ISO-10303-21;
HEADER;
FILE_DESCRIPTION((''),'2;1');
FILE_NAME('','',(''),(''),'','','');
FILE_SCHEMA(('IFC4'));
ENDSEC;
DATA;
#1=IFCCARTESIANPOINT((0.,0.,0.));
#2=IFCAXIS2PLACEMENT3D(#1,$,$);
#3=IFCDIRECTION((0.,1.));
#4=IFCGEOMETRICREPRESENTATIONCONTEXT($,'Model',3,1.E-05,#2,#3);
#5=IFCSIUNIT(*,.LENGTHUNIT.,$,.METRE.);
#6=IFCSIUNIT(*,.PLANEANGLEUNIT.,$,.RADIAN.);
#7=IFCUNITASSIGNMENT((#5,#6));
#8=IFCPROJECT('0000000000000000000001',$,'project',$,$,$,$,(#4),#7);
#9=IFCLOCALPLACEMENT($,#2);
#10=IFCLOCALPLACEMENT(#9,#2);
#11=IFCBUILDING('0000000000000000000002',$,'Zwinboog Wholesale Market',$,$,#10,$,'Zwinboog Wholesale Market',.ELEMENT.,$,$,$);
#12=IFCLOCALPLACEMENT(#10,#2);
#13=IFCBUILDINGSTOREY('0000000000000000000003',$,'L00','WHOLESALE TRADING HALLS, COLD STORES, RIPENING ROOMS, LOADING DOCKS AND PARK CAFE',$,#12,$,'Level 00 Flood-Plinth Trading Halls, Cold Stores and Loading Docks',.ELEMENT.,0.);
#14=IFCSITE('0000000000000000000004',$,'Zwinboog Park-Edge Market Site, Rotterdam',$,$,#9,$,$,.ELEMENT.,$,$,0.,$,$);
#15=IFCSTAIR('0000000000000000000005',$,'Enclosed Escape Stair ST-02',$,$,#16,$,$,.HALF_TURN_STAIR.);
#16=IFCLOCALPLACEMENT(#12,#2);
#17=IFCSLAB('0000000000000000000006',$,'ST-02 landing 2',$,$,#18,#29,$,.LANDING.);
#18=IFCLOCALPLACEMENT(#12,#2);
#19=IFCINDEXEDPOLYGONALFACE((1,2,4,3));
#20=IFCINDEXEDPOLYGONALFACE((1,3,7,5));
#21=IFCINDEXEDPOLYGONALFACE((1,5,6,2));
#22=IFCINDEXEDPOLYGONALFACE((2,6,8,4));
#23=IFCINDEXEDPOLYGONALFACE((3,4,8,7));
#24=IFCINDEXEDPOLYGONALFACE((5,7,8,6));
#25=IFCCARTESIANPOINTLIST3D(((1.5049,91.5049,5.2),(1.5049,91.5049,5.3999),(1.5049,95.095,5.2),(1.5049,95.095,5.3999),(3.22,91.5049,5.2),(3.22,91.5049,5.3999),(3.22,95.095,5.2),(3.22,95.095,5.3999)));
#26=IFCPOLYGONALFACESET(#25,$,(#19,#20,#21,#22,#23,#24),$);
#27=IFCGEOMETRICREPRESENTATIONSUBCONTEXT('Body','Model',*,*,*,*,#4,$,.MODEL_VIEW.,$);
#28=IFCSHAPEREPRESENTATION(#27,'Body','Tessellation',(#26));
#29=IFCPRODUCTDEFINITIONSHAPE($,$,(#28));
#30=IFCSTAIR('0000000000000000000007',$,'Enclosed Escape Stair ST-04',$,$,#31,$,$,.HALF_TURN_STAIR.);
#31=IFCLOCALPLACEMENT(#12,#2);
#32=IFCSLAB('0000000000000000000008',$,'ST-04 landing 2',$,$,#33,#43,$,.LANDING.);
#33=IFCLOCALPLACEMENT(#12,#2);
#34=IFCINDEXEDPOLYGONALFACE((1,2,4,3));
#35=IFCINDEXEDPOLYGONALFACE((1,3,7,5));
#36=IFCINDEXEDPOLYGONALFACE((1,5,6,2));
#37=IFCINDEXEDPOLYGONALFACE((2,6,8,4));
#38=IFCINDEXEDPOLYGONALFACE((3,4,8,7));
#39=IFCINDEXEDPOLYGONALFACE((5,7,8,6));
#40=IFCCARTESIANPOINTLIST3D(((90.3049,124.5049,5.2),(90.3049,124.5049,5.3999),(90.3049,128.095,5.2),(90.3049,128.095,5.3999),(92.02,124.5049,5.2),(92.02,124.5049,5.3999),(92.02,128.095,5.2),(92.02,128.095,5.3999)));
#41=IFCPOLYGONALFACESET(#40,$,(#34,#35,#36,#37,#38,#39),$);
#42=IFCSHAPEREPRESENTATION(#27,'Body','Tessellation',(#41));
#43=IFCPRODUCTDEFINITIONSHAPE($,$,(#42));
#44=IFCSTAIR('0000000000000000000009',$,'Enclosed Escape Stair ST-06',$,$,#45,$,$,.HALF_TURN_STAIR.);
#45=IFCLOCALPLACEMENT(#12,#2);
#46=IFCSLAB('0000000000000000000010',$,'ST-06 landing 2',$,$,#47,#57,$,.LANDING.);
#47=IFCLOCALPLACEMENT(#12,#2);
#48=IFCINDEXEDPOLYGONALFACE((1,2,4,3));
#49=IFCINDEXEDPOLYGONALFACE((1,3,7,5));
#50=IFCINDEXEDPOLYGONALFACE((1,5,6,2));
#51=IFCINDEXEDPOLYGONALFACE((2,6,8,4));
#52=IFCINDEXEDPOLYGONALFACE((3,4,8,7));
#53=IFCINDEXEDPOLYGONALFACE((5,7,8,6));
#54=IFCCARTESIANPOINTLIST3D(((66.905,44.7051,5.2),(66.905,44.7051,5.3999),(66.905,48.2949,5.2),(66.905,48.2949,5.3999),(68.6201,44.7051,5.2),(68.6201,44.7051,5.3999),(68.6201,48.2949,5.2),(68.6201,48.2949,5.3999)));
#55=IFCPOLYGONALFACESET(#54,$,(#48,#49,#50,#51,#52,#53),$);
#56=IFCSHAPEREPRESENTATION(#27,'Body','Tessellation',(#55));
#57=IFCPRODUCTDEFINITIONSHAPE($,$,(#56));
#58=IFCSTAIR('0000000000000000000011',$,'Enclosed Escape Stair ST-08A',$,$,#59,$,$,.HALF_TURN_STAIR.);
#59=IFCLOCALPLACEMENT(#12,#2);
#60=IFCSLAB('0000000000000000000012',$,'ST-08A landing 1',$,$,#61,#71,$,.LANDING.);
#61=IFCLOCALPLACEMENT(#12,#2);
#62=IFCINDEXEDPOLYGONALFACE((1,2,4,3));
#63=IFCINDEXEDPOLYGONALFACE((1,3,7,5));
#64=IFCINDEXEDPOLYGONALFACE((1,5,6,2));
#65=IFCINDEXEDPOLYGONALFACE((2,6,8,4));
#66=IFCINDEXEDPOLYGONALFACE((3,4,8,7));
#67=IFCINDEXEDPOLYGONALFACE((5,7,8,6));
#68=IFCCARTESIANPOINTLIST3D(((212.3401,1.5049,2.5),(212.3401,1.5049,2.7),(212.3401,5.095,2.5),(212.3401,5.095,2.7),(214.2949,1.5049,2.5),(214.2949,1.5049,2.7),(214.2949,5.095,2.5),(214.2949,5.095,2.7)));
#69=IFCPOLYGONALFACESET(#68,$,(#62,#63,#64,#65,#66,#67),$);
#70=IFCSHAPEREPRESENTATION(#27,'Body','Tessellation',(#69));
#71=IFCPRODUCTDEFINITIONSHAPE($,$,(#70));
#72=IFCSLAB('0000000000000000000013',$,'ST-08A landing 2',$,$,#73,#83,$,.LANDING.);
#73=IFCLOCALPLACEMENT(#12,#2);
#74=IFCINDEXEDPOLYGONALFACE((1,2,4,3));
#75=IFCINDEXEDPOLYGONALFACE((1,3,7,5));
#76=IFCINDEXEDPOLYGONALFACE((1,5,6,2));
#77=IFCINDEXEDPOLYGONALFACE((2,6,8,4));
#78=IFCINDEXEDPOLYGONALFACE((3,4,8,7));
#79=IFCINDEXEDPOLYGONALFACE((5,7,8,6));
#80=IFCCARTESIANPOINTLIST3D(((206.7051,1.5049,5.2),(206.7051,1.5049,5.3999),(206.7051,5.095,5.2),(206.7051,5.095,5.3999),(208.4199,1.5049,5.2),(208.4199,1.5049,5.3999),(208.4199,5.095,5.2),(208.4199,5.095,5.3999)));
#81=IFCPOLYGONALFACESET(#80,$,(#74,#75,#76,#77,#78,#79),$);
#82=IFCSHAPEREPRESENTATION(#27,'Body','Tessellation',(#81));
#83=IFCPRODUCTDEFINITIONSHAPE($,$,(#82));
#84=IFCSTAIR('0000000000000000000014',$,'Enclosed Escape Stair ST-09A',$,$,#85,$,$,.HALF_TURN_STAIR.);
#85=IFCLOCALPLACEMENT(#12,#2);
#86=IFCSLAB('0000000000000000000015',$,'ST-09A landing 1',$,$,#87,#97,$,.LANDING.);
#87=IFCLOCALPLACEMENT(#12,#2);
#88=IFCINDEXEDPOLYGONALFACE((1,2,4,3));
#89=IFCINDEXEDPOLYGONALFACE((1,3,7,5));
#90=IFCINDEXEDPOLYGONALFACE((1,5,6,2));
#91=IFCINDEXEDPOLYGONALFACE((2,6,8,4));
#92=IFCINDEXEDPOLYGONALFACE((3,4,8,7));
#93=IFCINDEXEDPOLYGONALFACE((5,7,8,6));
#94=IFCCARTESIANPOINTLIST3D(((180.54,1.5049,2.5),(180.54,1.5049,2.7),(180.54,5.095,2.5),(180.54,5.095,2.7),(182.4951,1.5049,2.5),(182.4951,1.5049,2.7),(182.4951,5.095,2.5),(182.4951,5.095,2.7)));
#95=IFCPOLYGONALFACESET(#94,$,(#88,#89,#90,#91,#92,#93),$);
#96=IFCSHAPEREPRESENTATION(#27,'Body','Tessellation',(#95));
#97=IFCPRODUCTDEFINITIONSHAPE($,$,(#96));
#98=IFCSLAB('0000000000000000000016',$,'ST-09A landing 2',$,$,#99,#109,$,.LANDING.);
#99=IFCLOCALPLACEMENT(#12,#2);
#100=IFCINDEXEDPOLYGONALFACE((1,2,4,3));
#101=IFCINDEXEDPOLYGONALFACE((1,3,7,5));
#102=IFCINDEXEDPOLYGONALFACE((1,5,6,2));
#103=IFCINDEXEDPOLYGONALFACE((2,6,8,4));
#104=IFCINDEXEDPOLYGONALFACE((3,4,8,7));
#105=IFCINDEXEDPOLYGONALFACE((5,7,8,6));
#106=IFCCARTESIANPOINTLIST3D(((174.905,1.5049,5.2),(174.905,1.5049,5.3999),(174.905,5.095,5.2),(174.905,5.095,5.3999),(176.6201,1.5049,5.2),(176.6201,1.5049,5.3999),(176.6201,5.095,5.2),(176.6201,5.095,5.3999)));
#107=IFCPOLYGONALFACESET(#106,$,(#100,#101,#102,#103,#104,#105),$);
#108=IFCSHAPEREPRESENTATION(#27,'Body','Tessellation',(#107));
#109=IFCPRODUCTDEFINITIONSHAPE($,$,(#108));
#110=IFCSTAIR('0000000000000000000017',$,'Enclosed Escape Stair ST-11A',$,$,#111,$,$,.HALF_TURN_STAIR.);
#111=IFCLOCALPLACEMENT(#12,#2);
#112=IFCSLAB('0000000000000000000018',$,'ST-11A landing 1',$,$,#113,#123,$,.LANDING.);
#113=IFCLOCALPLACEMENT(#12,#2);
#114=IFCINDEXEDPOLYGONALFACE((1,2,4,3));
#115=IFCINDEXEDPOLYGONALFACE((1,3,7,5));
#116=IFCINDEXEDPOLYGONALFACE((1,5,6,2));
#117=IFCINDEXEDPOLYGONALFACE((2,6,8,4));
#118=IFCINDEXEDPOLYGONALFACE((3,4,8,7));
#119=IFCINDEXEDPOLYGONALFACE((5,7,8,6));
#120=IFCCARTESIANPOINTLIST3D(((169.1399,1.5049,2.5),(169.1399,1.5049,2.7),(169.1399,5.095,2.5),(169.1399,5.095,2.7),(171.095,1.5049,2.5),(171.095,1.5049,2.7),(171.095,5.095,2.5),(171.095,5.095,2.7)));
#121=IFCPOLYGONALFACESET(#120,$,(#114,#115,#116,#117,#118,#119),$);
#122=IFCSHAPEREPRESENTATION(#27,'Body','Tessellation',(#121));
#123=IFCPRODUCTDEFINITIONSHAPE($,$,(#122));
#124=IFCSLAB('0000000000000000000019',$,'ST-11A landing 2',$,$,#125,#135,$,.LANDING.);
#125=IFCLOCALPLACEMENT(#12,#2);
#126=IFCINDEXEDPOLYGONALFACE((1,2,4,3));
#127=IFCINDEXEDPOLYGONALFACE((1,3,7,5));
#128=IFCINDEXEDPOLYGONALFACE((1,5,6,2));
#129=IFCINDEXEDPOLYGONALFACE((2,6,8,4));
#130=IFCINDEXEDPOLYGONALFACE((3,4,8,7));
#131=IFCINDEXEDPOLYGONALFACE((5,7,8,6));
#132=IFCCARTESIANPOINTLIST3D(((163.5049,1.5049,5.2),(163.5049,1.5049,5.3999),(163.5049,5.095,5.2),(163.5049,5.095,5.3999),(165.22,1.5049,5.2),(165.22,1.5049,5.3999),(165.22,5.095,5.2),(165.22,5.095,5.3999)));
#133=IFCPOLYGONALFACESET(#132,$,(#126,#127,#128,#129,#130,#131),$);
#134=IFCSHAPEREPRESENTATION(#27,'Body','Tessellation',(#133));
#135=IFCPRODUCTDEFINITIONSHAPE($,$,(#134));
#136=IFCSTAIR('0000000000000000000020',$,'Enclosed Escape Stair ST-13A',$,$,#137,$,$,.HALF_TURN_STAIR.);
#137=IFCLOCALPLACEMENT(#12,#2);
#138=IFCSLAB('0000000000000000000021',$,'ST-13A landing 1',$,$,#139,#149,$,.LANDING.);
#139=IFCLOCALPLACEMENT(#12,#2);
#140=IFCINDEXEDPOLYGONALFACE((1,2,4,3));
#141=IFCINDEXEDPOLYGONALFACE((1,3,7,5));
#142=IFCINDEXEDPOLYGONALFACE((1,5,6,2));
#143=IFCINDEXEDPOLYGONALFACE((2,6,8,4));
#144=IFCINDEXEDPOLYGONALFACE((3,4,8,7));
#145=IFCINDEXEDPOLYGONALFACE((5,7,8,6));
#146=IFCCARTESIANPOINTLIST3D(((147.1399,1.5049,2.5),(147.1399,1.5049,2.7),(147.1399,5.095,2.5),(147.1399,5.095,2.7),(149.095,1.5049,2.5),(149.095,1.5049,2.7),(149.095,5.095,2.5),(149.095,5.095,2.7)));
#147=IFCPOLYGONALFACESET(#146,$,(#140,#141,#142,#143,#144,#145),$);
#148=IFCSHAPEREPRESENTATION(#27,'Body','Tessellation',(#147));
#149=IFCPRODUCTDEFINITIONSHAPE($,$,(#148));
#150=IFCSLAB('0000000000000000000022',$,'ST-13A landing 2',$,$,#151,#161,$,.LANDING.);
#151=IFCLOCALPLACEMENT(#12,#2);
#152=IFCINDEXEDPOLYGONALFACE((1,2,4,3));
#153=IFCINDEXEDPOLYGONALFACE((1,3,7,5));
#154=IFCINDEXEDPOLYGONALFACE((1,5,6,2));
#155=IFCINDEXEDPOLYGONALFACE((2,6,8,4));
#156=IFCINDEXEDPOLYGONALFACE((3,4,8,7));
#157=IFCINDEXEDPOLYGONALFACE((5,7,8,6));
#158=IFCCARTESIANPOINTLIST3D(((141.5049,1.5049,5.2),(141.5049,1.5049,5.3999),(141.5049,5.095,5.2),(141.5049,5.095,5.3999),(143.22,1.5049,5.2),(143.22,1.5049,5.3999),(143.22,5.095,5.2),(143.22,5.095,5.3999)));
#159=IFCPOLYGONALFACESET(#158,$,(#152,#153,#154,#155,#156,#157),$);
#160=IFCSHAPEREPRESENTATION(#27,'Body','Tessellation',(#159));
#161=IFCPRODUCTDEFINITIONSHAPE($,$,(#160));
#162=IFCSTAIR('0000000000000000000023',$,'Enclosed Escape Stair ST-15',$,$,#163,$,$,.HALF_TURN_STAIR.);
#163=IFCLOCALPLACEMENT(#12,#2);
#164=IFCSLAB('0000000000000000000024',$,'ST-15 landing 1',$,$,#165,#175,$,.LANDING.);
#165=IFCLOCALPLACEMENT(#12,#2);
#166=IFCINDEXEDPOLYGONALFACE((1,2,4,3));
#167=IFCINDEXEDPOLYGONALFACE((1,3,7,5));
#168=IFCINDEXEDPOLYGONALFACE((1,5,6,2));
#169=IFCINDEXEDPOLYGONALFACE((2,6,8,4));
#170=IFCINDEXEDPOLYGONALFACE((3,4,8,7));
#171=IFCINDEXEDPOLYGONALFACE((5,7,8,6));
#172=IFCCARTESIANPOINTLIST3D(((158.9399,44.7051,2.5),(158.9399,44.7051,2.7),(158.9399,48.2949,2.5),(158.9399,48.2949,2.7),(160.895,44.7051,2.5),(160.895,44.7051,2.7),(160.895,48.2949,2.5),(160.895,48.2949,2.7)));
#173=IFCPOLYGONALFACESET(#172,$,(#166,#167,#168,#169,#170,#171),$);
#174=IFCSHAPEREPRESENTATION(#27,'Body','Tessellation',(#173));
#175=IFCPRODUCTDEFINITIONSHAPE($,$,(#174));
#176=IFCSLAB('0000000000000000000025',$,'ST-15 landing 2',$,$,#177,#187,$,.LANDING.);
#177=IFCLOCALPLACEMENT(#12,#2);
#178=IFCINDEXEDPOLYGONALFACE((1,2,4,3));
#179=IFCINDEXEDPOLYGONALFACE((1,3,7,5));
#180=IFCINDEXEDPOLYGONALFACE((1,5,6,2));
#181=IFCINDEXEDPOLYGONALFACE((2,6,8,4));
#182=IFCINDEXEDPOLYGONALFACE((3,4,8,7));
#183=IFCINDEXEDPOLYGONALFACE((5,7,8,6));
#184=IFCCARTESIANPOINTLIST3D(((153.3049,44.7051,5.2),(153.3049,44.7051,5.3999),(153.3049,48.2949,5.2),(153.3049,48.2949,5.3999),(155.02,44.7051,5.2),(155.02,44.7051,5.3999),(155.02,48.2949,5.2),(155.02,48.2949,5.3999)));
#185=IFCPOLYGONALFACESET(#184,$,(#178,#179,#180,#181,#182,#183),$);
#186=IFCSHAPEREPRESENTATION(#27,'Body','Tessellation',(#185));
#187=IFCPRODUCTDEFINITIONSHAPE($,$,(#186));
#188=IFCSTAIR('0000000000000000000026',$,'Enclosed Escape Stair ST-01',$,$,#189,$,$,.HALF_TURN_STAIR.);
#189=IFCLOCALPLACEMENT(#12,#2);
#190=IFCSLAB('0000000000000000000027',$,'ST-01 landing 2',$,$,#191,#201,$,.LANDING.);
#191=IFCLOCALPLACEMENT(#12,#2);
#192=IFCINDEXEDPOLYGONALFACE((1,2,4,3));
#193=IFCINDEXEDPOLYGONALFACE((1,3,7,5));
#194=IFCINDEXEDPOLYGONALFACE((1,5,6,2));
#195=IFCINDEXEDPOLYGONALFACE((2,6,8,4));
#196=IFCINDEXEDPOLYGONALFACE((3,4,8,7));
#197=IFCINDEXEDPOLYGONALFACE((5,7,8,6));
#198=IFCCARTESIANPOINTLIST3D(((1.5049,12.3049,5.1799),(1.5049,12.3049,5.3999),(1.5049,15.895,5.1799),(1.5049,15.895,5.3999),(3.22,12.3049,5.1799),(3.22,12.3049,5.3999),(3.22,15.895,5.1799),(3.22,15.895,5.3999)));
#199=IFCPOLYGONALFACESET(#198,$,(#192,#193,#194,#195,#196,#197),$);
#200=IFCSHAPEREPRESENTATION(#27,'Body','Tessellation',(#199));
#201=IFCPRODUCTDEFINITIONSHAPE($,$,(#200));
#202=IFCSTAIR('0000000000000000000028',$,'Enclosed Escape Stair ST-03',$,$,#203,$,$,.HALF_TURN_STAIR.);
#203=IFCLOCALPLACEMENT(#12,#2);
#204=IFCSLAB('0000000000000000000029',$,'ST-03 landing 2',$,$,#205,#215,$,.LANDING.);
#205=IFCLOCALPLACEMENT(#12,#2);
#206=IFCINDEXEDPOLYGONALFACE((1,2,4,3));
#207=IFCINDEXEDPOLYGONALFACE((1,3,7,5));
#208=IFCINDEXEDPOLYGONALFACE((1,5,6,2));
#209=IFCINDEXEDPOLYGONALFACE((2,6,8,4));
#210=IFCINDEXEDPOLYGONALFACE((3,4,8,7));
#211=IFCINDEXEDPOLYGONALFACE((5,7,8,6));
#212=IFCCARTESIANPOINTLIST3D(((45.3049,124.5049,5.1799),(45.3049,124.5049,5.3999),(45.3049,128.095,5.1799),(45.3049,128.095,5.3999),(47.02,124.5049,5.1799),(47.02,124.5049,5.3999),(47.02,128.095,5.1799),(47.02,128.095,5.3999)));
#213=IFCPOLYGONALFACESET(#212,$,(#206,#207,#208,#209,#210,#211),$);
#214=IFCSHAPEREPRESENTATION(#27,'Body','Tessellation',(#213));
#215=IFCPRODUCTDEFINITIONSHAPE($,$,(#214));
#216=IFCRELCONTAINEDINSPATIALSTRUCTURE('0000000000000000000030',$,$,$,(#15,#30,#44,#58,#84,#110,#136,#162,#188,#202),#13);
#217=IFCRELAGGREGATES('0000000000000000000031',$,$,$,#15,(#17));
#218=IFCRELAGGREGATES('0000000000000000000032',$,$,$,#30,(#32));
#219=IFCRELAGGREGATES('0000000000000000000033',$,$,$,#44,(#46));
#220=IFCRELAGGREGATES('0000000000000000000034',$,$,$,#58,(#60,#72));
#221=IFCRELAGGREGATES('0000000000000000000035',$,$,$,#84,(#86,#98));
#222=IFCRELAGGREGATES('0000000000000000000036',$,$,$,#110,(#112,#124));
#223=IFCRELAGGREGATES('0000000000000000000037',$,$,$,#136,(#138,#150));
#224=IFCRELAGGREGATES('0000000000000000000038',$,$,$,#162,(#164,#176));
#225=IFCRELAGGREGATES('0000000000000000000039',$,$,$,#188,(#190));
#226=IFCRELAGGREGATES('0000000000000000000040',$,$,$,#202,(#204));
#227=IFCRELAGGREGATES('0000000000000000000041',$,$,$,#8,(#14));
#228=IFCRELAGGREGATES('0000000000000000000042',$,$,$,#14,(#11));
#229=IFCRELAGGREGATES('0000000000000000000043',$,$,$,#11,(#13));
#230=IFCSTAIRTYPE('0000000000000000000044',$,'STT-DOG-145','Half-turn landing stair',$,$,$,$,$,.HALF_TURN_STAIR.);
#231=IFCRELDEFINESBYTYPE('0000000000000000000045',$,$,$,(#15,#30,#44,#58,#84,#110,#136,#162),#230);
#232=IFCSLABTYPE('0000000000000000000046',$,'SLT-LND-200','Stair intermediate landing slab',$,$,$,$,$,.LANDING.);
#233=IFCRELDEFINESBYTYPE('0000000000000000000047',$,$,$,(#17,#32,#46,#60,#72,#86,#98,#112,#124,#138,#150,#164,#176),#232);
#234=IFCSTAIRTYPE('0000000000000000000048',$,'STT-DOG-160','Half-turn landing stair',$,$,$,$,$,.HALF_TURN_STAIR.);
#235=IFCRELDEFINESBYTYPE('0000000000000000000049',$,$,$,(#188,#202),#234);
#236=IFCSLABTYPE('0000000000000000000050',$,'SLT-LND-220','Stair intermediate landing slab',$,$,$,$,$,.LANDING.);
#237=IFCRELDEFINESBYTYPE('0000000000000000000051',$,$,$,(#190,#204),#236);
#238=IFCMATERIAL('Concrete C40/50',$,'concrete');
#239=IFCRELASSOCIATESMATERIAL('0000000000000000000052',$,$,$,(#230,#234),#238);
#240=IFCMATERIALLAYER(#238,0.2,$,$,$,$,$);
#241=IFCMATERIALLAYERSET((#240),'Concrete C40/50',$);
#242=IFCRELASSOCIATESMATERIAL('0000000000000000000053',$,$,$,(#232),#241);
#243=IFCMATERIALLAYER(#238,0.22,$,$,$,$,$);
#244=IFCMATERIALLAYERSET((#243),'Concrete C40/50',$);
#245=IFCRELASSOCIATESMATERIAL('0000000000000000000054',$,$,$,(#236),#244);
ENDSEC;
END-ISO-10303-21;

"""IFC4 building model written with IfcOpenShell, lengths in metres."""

from ifc_helpers import new_model, si_unit, direction, frame, origin, place, context, subcontext, project, spatial, polyline, outline, extrude, material, layer, layer_set, type_object, element, aggregate, save


model = new_model("IFC4")

# Units and contexts
model_context = context("Model", 3, precision=1e-05, world=origin(), true_north=direction((0.0, 1.0)))
body_context = subcontext(model_context, "Body", "Model", "MODEL_VIEW")
ifc_project = project(units=[si_unit("LENGTHUNIT", "METRE"), si_unit("PLANEANGLEUNIT", "RADIAN")], contexts=[model_context])

# Site, building, storey
site_placement = place(None, origin())
site = spatial("IfcSite", under=ifc_project, at=site_placement, Name="Zwinboog Park-Edge Market Site, Rotterdam", CompositionType="ELEMENT", RefElevation=0.0)
building_placement = place(site_placement, origin())
building = spatial("IfcBuilding", under=site, at=building_placement, Name="Zwinboog Wholesale Market", LongName="Zwinboog Wholesale Market", CompositionType="ELEMENT")
storey_placement = place(building_placement, origin())
storey = spatial("IfcBuildingStorey", under=building, at=storey_placement, Name="L00", Description="WHOLESALE TRADING HALLS, COLD STORES, RIPENING ROOMS, LOADING DOCKS AND PARK CAFE", LongName="Level 00 Flood-Plinth Trading Halls, Cold Stores and Loading Docks", CompositionType="ELEMENT", Elevation=0.0)

# Stairs, slabs
ifc_material = material(Name="Concrete C40/50", Category="concrete")
stair_type_1 = type_object("IfcStairType", Name="STT-DOG-145", Description="Half-turn landing stair", PredefinedType="HALF_TURN_STAIR", material=ifc_material)
stair_1_placement = place(storey_placement, origin())
stair_1 = element("IfcStair", 1, at=stair_1_placement, inside=storey, type_object=stair_type_1, Name="Enclosed Escape Stair ST-02", PredefinedType="HALF_TURN_STAIR")
ifc_layer_1 = layer(ifc_material, 0.2)
ifc_layer_set_1 = layer_set([ifc_layer_1], Name="Concrete C40/50")
slab_type_1 = type_object("IfcSlabType", Name="SLT-LND-200", Description="Stair intermediate landing slab", PredefinedType="LANDING", material=ifc_layer_set_1)
slab_1_placement = place(storey_placement, frame((0.0, 0.0, 5.2)))
slab_1 = element("IfcSlab", 2, at=slab_1_placement, type_object=slab_type_1, Name="ST-02 landing 2", PredefinedType="LANDING", context=body_context, shape_type="SweptSolid", body=[
    extrude(outline(polyline([(1.5049, 91.5049), (3.22, 91.5049), (3.22, 95.095), (1.5049, 95.095), (1.5049, 91.5049)])), origin(), (0.0, 0.0, 1.0), 0.2),
])
aggregate(stair_1, [slab_1])
stair_2_placement = place(storey_placement, origin())
stair_2 = element("IfcStair", 3, at=stair_2_placement, inside=storey, type_object=stair_type_1, Name="Enclosed Escape Stair ST-04", PredefinedType="HALF_TURN_STAIR")
slab_2_placement = place(storey_placement, frame((0.0, 0.0, 5.2)))
slab_2 = element("IfcSlab", 4, at=slab_2_placement, type_object=slab_type_1, Name="ST-04 landing 2", PredefinedType="LANDING", context=body_context, shape_type="SweptSolid", body=[
    extrude(outline(polyline([(90.3049, 124.5049), (92.02, 124.5049), (92.02, 128.095), (90.3049, 128.095), (90.3049, 124.5049)])), origin(), (0.0, 0.0, 1.0), 0.2),
])
aggregate(stair_2, [slab_2])
stair_3_placement = place(storey_placement, origin())
stair_3 = element("IfcStair", 5, at=stair_3_placement, inside=storey, type_object=stair_type_1, Name="Enclosed Escape Stair ST-06", PredefinedType="HALF_TURN_STAIR")
slab_3_placement = place(storey_placement, frame((0.0, 0.0, 5.2)))
slab_3 = element("IfcSlab", 6, at=slab_3_placement, type_object=slab_type_1, Name="ST-06 landing 2", PredefinedType="LANDING", context=body_context, shape_type="SweptSolid", body=[
    extrude(outline(polyline([(66.905, 44.7051), (68.6201, 44.7051), (68.6201, 48.2949), (66.905, 48.2949), (66.905, 44.7051)])), origin(), (0.0, 0.0, 1.0), 0.2),
])
aggregate(stair_3, [slab_3])

# Stairs, slabs
stair_4_placement = place(storey_placement, origin())
stair_4 = element("IfcStair", 7, at=stair_4_placement, inside=storey, type_object=stair_type_1, Name="Enclosed Escape Stair ST-08A", PredefinedType="HALF_TURN_STAIR")
slab_4_placement = place(storey_placement, frame((0.0, 0.0, 2.5)))
slab_4 = element("IfcSlab", 8, at=slab_4_placement, type_object=slab_type_1, Name="ST-08A landing 1", PredefinedType="LANDING", context=body_context, shape_type="SweptSolid", body=[
    extrude(outline(polyline([(212.3401, 1.5049), (214.2949, 1.5049), (214.2949, 5.095), (212.3401, 5.095), (212.3401, 1.5049)])), origin(), (0.0, 0.0, 1.0), 0.2),
])
slab_5_placement = place(storey_placement, frame((0.0, 0.0, 5.2)))
slab_5 = element("IfcSlab", 9, at=slab_5_placement, type_object=slab_type_1, Name="ST-08A landing 2", PredefinedType="LANDING", context=body_context, shape_type="SweptSolid", body=[
    extrude(outline(polyline([(206.7051, 1.5049), (208.4199, 1.5049), (208.4199, 5.095), (206.7051, 5.095), (206.7051, 1.5049)])), origin(), (0.0, 0.0, 1.0), 0.2),
])
aggregate(stair_4, [slab_4, slab_5])
stair_5_placement = place(storey_placement, origin())
stair_5 = element("IfcStair", 10, at=stair_5_placement, inside=storey, type_object=stair_type_1, Name="Enclosed Escape Stair ST-09A", PredefinedType="HALF_TURN_STAIR")
slab_6_placement = place(storey_placement, frame((0.0, 0.0, 2.5)))
slab_6 = element("IfcSlab", 11, at=slab_6_placement, type_object=slab_type_1, Name="ST-09A landing 1", PredefinedType="LANDING", context=body_context, shape_type="SweptSolid", body=[
    extrude(outline(polyline([(180.54, 1.5049), (182.4951, 1.5049), (182.4951, 5.095), (180.54, 5.095), (180.54, 1.5049)])), origin(), (0.0, 0.0, 1.0), 0.2),
])
slab_7_placement = place(storey_placement, frame((0.0, 0.0, 5.2)))
slab_7 = element("IfcSlab", 12, at=slab_7_placement, type_object=slab_type_1, Name="ST-09A landing 2", PredefinedType="LANDING", context=body_context, shape_type="SweptSolid", body=[
    extrude(outline(polyline([(174.905, 1.5049), (176.6201, 1.5049), (176.6201, 5.095), (174.905, 5.095), (174.905, 1.5049)])), origin(), (0.0, 0.0, 1.0), 0.2),
])
aggregate(stair_5, [slab_6, slab_7])
stair_6_placement = place(storey_placement, origin())
stair_6 = element("IfcStair", 13, at=stair_6_placement, inside=storey, type_object=stair_type_1, Name="Enclosed Escape Stair ST-11A", PredefinedType="HALF_TURN_STAIR")
slab_8_placement = place(storey_placement, frame((0.0, 0.0, 2.5)))
slab_8 = element("IfcSlab", 14, at=slab_8_placement, type_object=slab_type_1, Name="ST-11A landing 1", PredefinedType="LANDING", context=body_context, shape_type="SweptSolid", body=[
    extrude(outline(polyline([(169.1399, 1.5049), (171.095, 1.5049), (171.095, 5.095), (169.1399, 5.095), (169.1399, 1.5049)])), origin(), (0.0, 0.0, 1.0), 0.2),
])
slab_9_placement = place(storey_placement, frame((0.0, 0.0, 5.2)))
slab_9 = element("IfcSlab", 15, at=slab_9_placement, type_object=slab_type_1, Name="ST-11A landing 2", PredefinedType="LANDING", context=body_context, shape_type="SweptSolid", body=[
    extrude(outline(polyline([(163.5049, 1.5049), (165.22, 1.5049), (165.22, 5.095), (163.5049, 5.095), (163.5049, 1.5049)])), origin(), (0.0, 0.0, 1.0), 0.2),
])
aggregate(stair_6, [slab_8, slab_9])
stair_7_placement = place(storey_placement, origin())
stair_7 = element("IfcStair", 16, at=stair_7_placement, inside=storey, type_object=stair_type_1, Name="Enclosed Escape Stair ST-13A", PredefinedType="HALF_TURN_STAIR")
slab_10_placement = place(storey_placement, frame((0.0, 0.0, 2.5)))
slab_10 = element("IfcSlab", 17, at=slab_10_placement, type_object=slab_type_1, Name="ST-13A landing 1", PredefinedType="LANDING", context=body_context, shape_type="SweptSolid", body=[
    extrude(outline(polyline([(147.1399, 1.5049), (149.095, 1.5049), (149.095, 5.095), (147.1399, 5.095), (147.1399, 1.5049)])), origin(), (0.0, 0.0, 1.0), 0.2),
])
slab_11_placement = place(storey_placement, frame((0.0, 0.0, 5.2)))
slab_11 = element("IfcSlab", 18, at=slab_11_placement, type_object=slab_type_1, Name="ST-13A landing 2", PredefinedType="LANDING", context=body_context, shape_type="SweptSolid", body=[
    extrude(outline(polyline([(141.5049, 1.5049), (143.22, 1.5049), (143.22, 5.095), (141.5049, 5.095), (141.5049, 1.5049)])), origin(), (0.0, 0.0, 1.0), 0.2),
])
aggregate(stair_7, [slab_10, slab_11])
stair_8_placement = place(storey_placement, origin())
stair_8 = element("IfcStair", 19, at=stair_8_placement, inside=storey, type_object=stair_type_1, Name="Enclosed Escape Stair ST-15", PredefinedType="HALF_TURN_STAIR")
slab_12_placement = place(storey_placement, frame((0.0, 0.0, 2.5)))
slab_12 = element("IfcSlab", 20, at=slab_12_placement, type_object=slab_type_1, Name="ST-15 landing 1", PredefinedType="LANDING", context=body_context, shape_type="SweptSolid", body=[
    extrude(outline(polyline([(158.9399, 44.7051), (160.895, 44.7051), (160.895, 48.2949), (158.9399, 48.2949), (158.9399, 44.7051)])), origin(), (0.0, 0.0, 1.0), 0.2),
])
slab_13_placement = place(storey_placement, frame((0.0, 0.0, 5.2)))
slab_13 = element("IfcSlab", 21, at=slab_13_placement, type_object=slab_type_1, Name="ST-15 landing 2", PredefinedType="LANDING", context=body_context, shape_type="SweptSolid", body=[
    extrude(outline(polyline([(153.3049, 44.7051), (155.02, 44.7051), (155.02, 48.2949), (153.3049, 48.2949), (153.3049, 44.7051)])), origin(), (0.0, 0.0, 1.0), 0.2),
])
aggregate(stair_8, [slab_12, slab_13])

# Stairs, slabs
stair_type_2 = type_object("IfcStairType", Name="STT-DOG-160", Description="Half-turn landing stair", PredefinedType="HALF_TURN_STAIR", material=ifc_material)
stair_9_placement = place(storey_placement, origin())
stair_9 = element("IfcStair", 22, at=stair_9_placement, inside=storey, type_object=stair_type_2, Name="Enclosed Escape Stair ST-01", PredefinedType="HALF_TURN_STAIR")
ifc_layer_2 = layer(ifc_material, 0.22)
ifc_layer_set_2 = layer_set([ifc_layer_2], Name="Concrete C40/50")
slab_type_2 = type_object("IfcSlabType", Name="SLT-LND-220", Description="Stair intermediate landing slab", PredefinedType="LANDING", material=ifc_layer_set_2)
slab_14_placement = place(storey_placement, frame((0.0, 0.0, 5.1799)))
slab_14 = element("IfcSlab", 23, at=slab_14_placement, type_object=slab_type_2, Name="ST-01 landing 2", PredefinedType="LANDING", context=body_context, shape_type="SweptSolid", body=[
    extrude(outline(polyline([(1.5049, 12.3049), (3.22, 12.3049), (3.22, 15.895), (1.5049, 15.895), (1.5049, 12.3049)])), origin(), (0.0, 0.0, 1.0), 0.22),
])
aggregate(stair_9, [slab_14])
stair_10_placement = place(storey_placement, origin())
stair_10 = element("IfcStair", 24, at=stair_10_placement, inside=storey, type_object=stair_type_2, Name="Enclosed Escape Stair ST-03", PredefinedType="HALF_TURN_STAIR")
slab_15_placement = place(storey_placement, frame((0.0, 0.0, 5.1799)))
slab_15 = element("IfcSlab", 25, at=slab_15_placement, type_object=slab_type_2, Name="ST-03 landing 2", PredefinedType="LANDING", context=body_context, shape_type="SweptSolid", body=[
    extrude(outline(polyline([(45.3049, 124.5049), (47.02, 124.5049), (47.02, 128.095), (45.3049, 128.095), (45.3049, 124.5049)])), origin(), (0.0, 0.0, 1.0), 0.22),
])
aggregate(stair_10, [slab_15])

save(model, "model.ifc")
